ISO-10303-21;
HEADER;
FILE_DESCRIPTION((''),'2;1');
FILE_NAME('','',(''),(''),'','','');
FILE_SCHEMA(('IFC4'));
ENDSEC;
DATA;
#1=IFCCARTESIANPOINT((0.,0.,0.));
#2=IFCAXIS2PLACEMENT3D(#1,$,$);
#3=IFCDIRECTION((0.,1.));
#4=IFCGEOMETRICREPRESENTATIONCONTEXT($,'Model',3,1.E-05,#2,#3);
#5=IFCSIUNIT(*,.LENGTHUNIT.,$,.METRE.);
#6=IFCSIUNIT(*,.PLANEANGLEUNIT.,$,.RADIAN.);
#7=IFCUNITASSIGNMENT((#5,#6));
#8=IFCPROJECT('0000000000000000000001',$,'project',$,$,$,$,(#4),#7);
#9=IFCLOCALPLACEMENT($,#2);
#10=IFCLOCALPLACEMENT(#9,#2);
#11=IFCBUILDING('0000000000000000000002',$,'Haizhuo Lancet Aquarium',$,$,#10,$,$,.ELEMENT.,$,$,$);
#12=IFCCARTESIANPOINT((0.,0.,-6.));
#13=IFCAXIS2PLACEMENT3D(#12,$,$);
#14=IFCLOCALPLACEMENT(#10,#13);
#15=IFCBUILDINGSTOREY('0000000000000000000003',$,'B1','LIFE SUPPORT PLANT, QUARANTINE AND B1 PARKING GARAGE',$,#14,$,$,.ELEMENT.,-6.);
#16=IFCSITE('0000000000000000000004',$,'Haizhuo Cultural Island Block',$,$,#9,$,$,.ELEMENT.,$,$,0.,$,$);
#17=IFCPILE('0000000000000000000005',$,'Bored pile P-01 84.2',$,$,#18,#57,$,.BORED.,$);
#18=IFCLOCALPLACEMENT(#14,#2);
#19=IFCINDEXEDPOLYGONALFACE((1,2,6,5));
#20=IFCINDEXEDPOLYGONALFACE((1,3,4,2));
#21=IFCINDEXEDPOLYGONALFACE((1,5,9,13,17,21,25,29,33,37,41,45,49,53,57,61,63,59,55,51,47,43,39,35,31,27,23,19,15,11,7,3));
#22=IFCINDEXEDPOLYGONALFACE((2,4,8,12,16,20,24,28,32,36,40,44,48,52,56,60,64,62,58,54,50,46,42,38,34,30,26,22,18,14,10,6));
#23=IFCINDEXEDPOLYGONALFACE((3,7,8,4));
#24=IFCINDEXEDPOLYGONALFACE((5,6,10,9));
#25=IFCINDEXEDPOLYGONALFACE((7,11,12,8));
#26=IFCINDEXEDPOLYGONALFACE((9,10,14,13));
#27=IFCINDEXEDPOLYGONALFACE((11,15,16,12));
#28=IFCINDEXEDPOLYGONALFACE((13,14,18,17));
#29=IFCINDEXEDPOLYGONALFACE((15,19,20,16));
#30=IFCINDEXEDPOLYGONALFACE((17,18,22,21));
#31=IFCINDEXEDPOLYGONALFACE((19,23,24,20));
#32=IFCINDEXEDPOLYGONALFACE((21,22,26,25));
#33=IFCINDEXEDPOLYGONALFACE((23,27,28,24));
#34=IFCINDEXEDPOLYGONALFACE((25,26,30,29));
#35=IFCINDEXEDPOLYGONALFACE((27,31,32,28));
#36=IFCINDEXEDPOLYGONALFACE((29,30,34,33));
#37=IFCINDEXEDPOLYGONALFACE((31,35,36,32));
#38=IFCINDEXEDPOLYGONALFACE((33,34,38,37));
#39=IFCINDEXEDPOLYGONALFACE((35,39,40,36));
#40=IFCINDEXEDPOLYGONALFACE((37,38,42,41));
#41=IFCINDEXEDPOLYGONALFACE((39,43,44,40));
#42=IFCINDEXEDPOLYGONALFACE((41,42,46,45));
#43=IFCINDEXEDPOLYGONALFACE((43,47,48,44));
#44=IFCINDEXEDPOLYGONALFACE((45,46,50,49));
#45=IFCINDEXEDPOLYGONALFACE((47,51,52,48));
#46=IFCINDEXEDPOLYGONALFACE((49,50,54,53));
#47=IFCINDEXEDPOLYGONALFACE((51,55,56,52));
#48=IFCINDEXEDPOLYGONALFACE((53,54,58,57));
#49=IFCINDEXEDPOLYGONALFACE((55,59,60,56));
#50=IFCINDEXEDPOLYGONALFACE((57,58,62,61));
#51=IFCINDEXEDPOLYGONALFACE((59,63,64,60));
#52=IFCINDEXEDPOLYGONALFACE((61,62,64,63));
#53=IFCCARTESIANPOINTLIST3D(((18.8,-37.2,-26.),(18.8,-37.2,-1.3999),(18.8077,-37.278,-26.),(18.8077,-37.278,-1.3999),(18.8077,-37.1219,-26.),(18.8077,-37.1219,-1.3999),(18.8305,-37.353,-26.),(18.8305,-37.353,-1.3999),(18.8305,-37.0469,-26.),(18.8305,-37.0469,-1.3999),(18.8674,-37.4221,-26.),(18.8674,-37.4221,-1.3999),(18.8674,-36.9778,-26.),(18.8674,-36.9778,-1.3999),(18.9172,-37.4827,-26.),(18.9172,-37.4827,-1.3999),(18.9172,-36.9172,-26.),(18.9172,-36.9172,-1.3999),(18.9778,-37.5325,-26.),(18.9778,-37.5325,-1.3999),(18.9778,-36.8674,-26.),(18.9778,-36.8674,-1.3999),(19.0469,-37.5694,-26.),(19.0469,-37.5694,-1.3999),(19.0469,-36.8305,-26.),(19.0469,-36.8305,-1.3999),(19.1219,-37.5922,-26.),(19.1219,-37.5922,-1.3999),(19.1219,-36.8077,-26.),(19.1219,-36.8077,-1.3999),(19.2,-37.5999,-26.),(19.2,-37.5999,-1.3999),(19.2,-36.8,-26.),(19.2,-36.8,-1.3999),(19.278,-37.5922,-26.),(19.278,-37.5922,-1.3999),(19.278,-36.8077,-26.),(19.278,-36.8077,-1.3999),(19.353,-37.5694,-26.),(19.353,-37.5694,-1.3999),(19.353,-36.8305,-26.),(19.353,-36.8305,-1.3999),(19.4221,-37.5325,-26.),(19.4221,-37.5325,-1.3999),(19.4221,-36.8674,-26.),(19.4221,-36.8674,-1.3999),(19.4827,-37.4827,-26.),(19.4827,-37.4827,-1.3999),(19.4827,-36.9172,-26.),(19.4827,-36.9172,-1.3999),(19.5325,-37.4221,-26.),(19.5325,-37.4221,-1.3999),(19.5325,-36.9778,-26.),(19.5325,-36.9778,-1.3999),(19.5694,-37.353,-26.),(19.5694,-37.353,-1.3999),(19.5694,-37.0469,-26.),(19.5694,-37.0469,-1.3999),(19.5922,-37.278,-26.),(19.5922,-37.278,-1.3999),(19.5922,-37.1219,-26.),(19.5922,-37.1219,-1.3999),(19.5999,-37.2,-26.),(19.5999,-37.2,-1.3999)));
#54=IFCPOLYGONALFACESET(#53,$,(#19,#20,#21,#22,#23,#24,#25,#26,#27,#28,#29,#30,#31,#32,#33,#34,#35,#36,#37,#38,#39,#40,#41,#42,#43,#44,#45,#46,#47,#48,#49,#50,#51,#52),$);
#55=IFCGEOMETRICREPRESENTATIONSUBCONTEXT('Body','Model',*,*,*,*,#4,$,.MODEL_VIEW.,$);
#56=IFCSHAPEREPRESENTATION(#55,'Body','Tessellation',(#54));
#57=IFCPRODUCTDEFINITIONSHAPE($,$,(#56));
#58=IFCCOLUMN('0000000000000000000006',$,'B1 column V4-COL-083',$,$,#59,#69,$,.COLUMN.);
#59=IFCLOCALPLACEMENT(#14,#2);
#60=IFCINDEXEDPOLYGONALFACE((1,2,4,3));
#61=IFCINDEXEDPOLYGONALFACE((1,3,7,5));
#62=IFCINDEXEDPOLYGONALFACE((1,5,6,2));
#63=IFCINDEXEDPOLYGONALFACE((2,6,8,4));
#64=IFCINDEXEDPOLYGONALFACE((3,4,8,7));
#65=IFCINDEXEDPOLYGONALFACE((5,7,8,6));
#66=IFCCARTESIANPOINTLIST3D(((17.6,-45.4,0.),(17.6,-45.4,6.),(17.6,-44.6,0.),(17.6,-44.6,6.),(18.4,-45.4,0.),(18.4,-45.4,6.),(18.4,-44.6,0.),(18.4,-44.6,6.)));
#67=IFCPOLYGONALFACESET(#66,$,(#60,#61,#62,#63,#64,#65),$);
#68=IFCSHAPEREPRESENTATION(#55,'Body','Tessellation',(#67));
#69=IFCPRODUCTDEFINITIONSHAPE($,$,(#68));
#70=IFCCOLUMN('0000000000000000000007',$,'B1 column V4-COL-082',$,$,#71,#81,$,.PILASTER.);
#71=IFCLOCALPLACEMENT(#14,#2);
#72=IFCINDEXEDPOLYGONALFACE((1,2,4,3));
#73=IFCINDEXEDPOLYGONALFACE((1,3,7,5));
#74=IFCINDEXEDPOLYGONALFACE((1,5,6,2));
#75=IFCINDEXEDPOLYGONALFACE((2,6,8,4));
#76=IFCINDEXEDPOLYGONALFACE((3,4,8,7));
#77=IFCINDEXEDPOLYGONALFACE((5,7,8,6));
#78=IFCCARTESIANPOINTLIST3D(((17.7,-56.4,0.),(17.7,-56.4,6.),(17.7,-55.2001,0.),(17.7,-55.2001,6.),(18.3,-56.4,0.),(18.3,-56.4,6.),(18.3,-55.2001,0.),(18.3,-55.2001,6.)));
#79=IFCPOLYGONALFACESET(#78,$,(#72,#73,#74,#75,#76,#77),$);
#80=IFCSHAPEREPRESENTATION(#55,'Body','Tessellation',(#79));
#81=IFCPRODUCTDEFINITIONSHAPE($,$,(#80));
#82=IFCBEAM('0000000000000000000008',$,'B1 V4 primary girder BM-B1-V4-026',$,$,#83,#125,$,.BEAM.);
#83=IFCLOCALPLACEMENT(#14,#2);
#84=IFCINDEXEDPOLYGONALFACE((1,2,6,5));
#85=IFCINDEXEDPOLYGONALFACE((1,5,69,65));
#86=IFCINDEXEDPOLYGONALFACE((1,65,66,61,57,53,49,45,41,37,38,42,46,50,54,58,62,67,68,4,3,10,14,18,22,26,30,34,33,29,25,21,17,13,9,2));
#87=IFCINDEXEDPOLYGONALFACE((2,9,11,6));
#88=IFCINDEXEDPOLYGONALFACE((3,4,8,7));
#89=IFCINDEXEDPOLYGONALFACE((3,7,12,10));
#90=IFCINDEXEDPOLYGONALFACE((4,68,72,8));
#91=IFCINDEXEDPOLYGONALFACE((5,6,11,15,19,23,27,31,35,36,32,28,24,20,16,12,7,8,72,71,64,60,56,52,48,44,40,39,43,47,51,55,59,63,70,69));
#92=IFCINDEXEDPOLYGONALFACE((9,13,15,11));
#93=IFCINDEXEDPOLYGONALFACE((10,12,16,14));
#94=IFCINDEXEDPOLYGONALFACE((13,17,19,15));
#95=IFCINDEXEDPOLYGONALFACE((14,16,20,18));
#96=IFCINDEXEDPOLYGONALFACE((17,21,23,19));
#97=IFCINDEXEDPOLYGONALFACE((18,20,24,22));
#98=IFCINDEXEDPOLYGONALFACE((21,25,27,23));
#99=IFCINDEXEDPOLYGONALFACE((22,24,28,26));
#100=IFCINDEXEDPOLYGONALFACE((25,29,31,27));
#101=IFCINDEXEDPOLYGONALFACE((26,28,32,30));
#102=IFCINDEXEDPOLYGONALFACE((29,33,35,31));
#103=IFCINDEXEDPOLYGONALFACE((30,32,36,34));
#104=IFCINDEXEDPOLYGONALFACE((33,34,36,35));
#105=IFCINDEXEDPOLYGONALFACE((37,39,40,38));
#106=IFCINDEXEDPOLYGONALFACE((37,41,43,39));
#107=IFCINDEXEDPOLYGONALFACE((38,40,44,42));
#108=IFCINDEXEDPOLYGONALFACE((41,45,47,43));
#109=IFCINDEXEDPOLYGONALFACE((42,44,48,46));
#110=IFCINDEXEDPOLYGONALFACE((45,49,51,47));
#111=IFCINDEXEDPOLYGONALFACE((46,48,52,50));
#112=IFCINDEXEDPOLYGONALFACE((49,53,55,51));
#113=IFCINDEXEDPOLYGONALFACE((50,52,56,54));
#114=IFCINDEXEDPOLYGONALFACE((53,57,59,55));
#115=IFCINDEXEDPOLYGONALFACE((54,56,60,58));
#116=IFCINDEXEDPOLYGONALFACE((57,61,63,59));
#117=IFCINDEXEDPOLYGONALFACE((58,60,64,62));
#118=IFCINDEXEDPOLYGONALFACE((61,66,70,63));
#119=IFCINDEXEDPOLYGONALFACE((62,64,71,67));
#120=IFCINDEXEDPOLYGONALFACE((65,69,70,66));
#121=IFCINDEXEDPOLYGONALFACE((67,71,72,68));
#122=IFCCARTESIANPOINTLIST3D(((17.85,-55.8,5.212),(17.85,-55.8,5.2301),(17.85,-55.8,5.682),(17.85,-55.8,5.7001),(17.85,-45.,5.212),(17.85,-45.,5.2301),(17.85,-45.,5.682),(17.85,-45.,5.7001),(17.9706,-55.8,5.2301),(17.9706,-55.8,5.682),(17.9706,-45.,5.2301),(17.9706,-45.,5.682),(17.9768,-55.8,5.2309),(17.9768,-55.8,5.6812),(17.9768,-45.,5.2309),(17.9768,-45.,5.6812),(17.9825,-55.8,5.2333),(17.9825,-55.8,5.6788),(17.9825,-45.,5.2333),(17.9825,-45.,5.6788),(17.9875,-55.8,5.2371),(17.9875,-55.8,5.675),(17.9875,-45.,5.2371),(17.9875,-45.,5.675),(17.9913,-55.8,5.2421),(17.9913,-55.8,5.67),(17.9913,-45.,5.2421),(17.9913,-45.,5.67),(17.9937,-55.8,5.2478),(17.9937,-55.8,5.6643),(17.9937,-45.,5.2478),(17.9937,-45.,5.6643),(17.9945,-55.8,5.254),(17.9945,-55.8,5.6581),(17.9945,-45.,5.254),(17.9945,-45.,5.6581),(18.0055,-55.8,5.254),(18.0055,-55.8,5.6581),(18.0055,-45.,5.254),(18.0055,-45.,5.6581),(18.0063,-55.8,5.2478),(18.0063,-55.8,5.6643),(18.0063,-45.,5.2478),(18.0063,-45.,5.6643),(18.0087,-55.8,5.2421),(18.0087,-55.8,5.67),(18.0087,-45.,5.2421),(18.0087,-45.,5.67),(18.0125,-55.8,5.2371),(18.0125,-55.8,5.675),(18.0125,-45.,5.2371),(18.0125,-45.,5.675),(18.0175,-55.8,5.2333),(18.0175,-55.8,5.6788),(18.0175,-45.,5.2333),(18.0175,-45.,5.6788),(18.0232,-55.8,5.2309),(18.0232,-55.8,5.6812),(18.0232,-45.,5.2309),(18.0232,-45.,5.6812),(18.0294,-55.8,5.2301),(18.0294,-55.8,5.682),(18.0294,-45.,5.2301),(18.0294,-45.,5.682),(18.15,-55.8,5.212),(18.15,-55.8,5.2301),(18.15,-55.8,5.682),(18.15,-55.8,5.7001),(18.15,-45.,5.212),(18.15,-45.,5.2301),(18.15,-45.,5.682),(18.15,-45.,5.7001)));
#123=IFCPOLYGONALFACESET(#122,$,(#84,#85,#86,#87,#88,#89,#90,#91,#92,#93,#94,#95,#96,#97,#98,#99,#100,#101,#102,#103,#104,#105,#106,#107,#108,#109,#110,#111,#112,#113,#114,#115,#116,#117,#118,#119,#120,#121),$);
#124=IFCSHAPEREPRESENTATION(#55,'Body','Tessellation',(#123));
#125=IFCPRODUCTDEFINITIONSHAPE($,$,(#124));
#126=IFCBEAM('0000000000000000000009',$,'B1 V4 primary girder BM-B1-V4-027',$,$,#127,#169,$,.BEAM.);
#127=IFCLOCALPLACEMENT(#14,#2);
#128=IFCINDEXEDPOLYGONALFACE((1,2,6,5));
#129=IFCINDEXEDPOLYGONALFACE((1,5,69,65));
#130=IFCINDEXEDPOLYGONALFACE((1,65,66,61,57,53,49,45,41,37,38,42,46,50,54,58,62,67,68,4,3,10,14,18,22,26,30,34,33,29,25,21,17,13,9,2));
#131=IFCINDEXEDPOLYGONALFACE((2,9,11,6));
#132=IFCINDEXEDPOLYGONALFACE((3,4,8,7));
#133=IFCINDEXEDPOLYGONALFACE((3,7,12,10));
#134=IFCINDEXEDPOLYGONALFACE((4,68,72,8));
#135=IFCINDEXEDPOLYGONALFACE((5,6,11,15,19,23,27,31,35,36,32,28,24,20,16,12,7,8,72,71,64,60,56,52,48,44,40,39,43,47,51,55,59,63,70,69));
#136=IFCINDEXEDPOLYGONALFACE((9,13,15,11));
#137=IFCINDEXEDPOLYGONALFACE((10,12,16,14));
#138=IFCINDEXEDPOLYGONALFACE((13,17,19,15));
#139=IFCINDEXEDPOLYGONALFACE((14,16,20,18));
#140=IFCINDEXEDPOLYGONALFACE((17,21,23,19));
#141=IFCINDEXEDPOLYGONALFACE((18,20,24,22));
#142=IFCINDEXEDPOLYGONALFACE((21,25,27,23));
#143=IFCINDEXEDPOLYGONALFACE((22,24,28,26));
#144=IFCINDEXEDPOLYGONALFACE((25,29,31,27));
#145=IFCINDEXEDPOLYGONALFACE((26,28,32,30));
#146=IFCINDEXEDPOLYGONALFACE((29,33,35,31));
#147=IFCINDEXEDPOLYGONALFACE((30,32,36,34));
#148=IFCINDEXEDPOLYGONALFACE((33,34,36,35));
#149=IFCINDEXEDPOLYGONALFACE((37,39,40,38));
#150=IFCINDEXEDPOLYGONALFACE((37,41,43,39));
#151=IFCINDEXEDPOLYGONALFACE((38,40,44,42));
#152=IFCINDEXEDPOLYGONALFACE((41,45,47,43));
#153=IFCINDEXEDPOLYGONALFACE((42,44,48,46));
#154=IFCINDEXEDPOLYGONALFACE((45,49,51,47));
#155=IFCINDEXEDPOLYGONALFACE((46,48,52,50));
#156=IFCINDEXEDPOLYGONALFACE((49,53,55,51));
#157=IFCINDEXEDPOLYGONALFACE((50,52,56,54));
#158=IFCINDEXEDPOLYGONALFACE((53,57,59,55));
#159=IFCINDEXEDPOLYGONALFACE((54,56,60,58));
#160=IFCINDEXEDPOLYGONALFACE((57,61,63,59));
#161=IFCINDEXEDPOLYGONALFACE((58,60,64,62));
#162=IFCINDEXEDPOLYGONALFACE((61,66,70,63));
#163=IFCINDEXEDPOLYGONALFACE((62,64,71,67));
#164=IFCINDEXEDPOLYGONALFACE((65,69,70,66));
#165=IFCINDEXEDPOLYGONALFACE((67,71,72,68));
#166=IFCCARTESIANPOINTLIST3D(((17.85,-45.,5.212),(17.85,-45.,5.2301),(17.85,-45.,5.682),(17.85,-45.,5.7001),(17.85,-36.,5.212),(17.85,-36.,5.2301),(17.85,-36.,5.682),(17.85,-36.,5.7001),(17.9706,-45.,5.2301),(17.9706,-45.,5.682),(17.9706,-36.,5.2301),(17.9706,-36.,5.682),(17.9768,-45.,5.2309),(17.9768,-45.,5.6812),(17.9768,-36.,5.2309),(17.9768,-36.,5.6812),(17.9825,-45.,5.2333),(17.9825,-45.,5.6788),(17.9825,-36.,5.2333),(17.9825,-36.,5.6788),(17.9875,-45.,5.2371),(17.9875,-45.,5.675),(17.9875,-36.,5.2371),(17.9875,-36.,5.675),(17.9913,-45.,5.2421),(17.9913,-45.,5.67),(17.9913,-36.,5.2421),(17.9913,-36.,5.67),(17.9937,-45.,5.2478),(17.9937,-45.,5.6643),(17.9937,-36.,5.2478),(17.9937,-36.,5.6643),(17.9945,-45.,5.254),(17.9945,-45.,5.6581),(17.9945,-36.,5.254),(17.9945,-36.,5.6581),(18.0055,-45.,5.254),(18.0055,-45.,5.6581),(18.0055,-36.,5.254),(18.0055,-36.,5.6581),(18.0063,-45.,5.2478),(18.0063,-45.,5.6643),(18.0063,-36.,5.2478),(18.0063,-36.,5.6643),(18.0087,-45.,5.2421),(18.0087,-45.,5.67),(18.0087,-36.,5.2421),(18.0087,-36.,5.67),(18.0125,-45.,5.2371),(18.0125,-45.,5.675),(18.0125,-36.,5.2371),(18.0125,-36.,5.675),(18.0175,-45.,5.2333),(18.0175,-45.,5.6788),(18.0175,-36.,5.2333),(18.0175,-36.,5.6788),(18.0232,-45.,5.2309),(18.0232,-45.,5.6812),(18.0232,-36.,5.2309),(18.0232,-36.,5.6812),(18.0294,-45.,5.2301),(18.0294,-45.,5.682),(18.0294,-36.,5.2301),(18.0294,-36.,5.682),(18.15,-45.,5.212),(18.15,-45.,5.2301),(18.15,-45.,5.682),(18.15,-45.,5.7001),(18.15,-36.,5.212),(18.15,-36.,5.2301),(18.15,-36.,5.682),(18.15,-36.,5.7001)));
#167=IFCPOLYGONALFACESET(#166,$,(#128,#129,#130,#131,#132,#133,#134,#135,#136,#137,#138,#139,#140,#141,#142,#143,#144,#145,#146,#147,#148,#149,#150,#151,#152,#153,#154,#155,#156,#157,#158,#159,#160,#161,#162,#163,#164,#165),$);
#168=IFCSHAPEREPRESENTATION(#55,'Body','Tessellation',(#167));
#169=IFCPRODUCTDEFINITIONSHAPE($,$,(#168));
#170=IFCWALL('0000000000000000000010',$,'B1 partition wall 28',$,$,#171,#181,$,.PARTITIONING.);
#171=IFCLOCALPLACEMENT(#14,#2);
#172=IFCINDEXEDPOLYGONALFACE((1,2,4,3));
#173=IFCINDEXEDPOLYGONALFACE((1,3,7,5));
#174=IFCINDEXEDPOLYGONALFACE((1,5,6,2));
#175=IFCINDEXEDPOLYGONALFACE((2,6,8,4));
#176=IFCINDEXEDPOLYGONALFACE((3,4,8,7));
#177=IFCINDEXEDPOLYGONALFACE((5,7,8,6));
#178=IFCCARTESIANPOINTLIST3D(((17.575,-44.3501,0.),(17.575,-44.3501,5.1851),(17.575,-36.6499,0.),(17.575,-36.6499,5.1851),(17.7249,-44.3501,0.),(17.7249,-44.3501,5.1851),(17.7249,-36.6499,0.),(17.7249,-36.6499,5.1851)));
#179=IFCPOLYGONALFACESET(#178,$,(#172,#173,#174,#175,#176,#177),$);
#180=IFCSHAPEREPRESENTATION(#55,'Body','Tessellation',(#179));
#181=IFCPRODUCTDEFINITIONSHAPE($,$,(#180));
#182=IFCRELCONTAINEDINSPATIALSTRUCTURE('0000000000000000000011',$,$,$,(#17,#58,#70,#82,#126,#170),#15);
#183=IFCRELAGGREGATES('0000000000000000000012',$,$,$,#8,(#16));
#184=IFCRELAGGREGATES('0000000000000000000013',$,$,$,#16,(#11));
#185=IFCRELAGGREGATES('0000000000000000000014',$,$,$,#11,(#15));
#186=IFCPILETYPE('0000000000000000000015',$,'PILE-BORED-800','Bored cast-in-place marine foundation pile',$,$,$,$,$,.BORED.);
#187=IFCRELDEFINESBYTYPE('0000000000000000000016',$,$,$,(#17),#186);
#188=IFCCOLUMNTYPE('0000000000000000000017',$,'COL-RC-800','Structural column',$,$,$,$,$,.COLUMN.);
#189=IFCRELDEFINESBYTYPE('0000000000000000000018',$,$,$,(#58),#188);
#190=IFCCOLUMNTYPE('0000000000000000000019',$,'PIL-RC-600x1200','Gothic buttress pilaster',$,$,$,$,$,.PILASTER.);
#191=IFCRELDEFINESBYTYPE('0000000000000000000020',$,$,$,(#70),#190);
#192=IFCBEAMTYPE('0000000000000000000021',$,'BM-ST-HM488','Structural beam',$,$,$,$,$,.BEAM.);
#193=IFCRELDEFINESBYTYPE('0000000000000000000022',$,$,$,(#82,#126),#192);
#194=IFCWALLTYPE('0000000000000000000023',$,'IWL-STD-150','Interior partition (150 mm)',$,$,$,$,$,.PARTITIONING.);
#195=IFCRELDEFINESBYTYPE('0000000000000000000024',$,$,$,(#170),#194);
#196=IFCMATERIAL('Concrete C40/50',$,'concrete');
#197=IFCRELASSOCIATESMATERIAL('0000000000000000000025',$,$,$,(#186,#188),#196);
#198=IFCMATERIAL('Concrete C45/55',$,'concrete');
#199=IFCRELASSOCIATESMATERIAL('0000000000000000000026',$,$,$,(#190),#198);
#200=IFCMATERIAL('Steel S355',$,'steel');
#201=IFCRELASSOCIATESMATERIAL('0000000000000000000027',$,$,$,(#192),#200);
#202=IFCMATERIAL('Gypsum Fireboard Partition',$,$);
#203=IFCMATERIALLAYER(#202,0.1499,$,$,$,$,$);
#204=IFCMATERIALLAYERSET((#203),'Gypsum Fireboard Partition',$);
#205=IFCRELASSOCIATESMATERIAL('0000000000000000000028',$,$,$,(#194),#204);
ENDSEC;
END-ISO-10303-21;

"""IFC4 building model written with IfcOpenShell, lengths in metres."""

from ifc_helpers import new_model, si_unit, direction, frame, frame_2d, origin, origin_2d, place, context, subcontext, project, spatial, rectangle, circle, i_section, extrude, material, layer, layer_set, material_profile, profile_set, type_object, element, save


model = new_model("IFC4")

# Units and contexts
model_context = context("Model", 3, precision=1e-05, world=origin(), true_north=direction((0.0, 1.0)))
body_context = subcontext(model_context, "Body", "Model", "MODEL_VIEW")
ifc_project = project(units=[si_unit("LENGTHUNIT", "METRE"), si_unit("PLANEANGLEUNIT", "RADIAN")], contexts=[model_context])

# Site, building, storey
site_placement = place(None, origin())
site = spatial("IfcSite", under=ifc_project, at=site_placement, Name="Haizhuo Cultural Island Block", CompositionType="ELEMENT", RefElevation=0.0)
building_placement = place(site_placement, origin())
building = spatial("IfcBuilding", under=site, at=building_placement, Name="Haizhuo Lancet Aquarium", CompositionType="ELEMENT")
storey_placement = place(building_placement, frame((0.0, 0.0, -6.0)))
storey = spatial("IfcBuildingStorey", under=building, at=storey_placement, Name="B1", Description="LIFE SUPPORT PLANT, QUARANTINE AND B1 PARKING GARAGE", CompositionType="ELEMENT", Elevation=-6.0)

# Shared definitions
ifc_material_1 = material(Name="Concrete C40/50", Category="concrete")

# Pile
ifc_material_profile_1 = material_profile(ifc_material_1, circle(Radius=0.3999, at=origin_2d()), Name="PILE-800")
ifc_profile_set_1 = profile_set([ifc_material_profile_1], Name="Concrete C40/50")
pile_type = type_object("IfcPileType", Name="PILE-BORED-800", Description="Bored cast-in-place marine foundation pile", PredefinedType="BORED", material=ifc_profile_set_1)
for number, where, z_axis, x_axis, name in (
    (1, (19.2, -37.2, -1.3999), (0.0, 0.0, -1.0), (1.0, 0.0, 0.0), "Bored pile P-01 84.2"),
):
    element("IfcPile", number, at=place(storey_placement, frame(where, z_axis=z_axis, x_axis=x_axis)), inside=storey, type_object=pile_type, Name=name, PredefinedType="BORED", context=body_context, shape_type="SweptSolid", body=[
        extrude(circle(Radius=0.3999, at=origin_2d()), origin(), (0.0, 0.0, 1.0), 24.6001),
    ])

# Columns
ifc_material_profile_2 = material_profile(ifc_material_1, rectangle(XDim=0.8, YDim=0.8, at=origin_2d()), Name="RC-COL 800x800")
ifc_profile_set_2 = profile_set([ifc_material_profile_2], Name="Concrete C40/50")
column_type_1 = type_object("IfcColumnType", Name="COL-RC-800", Description="Structural column", PredefinedType="COLUMN", material=ifc_profile_set_2)
column_1_placement = place(storey_placement, frame((18.0, -45.0, 0.0), z_axis=(0.0, 0.0, 1.0), x_axis=(1.0, 0.0, 0.0)))
element("IfcColumn", 2, at=column_1_placement, inside=storey, type_object=column_type_1, Name="B1 column V4-COL-083", PredefinedType="COLUMN", context=body_context, shape_type="SweptSolid", body=[
    extrude(rectangle(XDim=0.8, YDim=0.8, at=origin_2d()), origin(), (0.0, 0.0, 1.0), 6.0),
])
ifc_material_2 = material(Name="Concrete C45/55", Category="concrete")
ifc_material_profile_3 = material_profile(ifc_material_2, rectangle(XDim=0.6001, YDim=1.2, at=origin_2d()), Name="RC-PIL 600x1200")
ifc_profile_set_3 = profile_set([ifc_material_profile_3], Name="Concrete C45/55")
column_type_2 = type_object("IfcColumnType", Name="PIL-RC-600x1200", Description="Gothic buttress pilaster", PredefinedType="PILASTER", material=ifc_profile_set_3)
column_2_placement = place(storey_placement, frame((18.0, -55.8, 0.0), z_axis=(0.0, 0.0, 1.0), x_axis=(1.0, 0.0, 0.0)))
element("IfcColumn", 3, at=column_2_placement, inside=storey, type_object=column_type_2, Name="B1 column V4-COL-082", PredefinedType="PILASTER", context=body_context, shape_type="SweptSolid", body=[
    extrude(rectangle(XDim=0.6001, YDim=1.2, at=origin_2d()), origin(), (0.0, 0.0, 1.0), 6.0),
])

# Beams
ifc_material_3 = material(Name="Steel S355", Category="steel")
ifc_material_profile_4 = material_profile(ifc_material_3, i_section(OverallWidth=0.3, OverallDepth=0.488, WebThickness=0.011, FlangeThickness=0.0181, FilletRadius=0.0239, at=origin_2d()), Name="HM 488x300x11x18")
ifc_profile_set_4 = profile_set([ifc_material_profile_4], Name="Steel S355")
beam_type = type_object("IfcBeamType", Name="BM-ST-HM488", Description="Structural beam", PredefinedType="BEAM", material=ifc_profile_set_4)
beam_1_placement = place(storey_placement, frame((18.0, -55.8, 5.4561), z_axis=(0.0, 1.0, 0.0), x_axis=(-1.0, 0.0, 0.0)))
element("IfcBeam", 4, at=beam_1_placement, inside=storey, type_object=beam_type, Name="B1 V4 primary girder BM-B1-V4-026", PredefinedType="BEAM", context=body_context, shape_type="SweptSolid", body=[
    extrude(i_section(OverallWidth=0.3, OverallDepth=0.488, WebThickness=0.011, FlangeThickness=0.0181, FilletRadius=0.0239, at=origin_2d()), origin(), (0.0, 0.0, 1.0), 10.8),
])
beam_2_placement = place(storey_placement, frame((18.0, -45.0, 5.4561), z_axis=(0.0, 1.0, 0.0), x_axis=(-1.0, 0.0, 0.0)))
element("IfcBeam", 5, at=beam_2_placement, inside=storey, type_object=beam_type, Name="B1 V4 primary girder BM-B1-V4-027", PredefinedType="BEAM", context=body_context, shape_type="SweptSolid", body=[
    extrude(i_section(OverallWidth=0.3, OverallDepth=0.488, WebThickness=0.011, FlangeThickness=0.0181, FilletRadius=0.0239, at=origin_2d()), origin(), (0.0, 0.0, 1.0), 9.0),
])

# Wall
ifc_material_4 = material(Name="Gypsum Fireboard Partition")
ifc_layer_1 = layer(ifc_material_4, 0.1499)
ifc_layer_set_1 = layer_set([ifc_layer_1], Name="Gypsum Fireboard Partition")
wall_type_1 = type_object("IfcWallType", Name="IWL-STD-150", Description="Interior partition (150 mm)", PredefinedType="PARTITIONING", material=ifc_layer_set_1)
wall_1_placement = place(storey_placement, frame((17.6499, -44.3501, 0.0), z_axis=(0.0, 0.0, 1.0), x_axis=(0.0, 1.0, 0.0)))
element("IfcWall", 6, at=wall_1_placement, inside=storey, type_object=wall_type_1, Name="B1 partition wall 28", PredefinedType="PARTITIONING", context=body_context, shape_type="SweptSolid", body=[
    extrude(rectangle(XDim=7.7002, YDim=0.1499, at=frame_2d((3.8501, 0.0))), origin(), (0.0, 0.0, 1.0), 5.1851),
])

save(model, "model.ifc")
